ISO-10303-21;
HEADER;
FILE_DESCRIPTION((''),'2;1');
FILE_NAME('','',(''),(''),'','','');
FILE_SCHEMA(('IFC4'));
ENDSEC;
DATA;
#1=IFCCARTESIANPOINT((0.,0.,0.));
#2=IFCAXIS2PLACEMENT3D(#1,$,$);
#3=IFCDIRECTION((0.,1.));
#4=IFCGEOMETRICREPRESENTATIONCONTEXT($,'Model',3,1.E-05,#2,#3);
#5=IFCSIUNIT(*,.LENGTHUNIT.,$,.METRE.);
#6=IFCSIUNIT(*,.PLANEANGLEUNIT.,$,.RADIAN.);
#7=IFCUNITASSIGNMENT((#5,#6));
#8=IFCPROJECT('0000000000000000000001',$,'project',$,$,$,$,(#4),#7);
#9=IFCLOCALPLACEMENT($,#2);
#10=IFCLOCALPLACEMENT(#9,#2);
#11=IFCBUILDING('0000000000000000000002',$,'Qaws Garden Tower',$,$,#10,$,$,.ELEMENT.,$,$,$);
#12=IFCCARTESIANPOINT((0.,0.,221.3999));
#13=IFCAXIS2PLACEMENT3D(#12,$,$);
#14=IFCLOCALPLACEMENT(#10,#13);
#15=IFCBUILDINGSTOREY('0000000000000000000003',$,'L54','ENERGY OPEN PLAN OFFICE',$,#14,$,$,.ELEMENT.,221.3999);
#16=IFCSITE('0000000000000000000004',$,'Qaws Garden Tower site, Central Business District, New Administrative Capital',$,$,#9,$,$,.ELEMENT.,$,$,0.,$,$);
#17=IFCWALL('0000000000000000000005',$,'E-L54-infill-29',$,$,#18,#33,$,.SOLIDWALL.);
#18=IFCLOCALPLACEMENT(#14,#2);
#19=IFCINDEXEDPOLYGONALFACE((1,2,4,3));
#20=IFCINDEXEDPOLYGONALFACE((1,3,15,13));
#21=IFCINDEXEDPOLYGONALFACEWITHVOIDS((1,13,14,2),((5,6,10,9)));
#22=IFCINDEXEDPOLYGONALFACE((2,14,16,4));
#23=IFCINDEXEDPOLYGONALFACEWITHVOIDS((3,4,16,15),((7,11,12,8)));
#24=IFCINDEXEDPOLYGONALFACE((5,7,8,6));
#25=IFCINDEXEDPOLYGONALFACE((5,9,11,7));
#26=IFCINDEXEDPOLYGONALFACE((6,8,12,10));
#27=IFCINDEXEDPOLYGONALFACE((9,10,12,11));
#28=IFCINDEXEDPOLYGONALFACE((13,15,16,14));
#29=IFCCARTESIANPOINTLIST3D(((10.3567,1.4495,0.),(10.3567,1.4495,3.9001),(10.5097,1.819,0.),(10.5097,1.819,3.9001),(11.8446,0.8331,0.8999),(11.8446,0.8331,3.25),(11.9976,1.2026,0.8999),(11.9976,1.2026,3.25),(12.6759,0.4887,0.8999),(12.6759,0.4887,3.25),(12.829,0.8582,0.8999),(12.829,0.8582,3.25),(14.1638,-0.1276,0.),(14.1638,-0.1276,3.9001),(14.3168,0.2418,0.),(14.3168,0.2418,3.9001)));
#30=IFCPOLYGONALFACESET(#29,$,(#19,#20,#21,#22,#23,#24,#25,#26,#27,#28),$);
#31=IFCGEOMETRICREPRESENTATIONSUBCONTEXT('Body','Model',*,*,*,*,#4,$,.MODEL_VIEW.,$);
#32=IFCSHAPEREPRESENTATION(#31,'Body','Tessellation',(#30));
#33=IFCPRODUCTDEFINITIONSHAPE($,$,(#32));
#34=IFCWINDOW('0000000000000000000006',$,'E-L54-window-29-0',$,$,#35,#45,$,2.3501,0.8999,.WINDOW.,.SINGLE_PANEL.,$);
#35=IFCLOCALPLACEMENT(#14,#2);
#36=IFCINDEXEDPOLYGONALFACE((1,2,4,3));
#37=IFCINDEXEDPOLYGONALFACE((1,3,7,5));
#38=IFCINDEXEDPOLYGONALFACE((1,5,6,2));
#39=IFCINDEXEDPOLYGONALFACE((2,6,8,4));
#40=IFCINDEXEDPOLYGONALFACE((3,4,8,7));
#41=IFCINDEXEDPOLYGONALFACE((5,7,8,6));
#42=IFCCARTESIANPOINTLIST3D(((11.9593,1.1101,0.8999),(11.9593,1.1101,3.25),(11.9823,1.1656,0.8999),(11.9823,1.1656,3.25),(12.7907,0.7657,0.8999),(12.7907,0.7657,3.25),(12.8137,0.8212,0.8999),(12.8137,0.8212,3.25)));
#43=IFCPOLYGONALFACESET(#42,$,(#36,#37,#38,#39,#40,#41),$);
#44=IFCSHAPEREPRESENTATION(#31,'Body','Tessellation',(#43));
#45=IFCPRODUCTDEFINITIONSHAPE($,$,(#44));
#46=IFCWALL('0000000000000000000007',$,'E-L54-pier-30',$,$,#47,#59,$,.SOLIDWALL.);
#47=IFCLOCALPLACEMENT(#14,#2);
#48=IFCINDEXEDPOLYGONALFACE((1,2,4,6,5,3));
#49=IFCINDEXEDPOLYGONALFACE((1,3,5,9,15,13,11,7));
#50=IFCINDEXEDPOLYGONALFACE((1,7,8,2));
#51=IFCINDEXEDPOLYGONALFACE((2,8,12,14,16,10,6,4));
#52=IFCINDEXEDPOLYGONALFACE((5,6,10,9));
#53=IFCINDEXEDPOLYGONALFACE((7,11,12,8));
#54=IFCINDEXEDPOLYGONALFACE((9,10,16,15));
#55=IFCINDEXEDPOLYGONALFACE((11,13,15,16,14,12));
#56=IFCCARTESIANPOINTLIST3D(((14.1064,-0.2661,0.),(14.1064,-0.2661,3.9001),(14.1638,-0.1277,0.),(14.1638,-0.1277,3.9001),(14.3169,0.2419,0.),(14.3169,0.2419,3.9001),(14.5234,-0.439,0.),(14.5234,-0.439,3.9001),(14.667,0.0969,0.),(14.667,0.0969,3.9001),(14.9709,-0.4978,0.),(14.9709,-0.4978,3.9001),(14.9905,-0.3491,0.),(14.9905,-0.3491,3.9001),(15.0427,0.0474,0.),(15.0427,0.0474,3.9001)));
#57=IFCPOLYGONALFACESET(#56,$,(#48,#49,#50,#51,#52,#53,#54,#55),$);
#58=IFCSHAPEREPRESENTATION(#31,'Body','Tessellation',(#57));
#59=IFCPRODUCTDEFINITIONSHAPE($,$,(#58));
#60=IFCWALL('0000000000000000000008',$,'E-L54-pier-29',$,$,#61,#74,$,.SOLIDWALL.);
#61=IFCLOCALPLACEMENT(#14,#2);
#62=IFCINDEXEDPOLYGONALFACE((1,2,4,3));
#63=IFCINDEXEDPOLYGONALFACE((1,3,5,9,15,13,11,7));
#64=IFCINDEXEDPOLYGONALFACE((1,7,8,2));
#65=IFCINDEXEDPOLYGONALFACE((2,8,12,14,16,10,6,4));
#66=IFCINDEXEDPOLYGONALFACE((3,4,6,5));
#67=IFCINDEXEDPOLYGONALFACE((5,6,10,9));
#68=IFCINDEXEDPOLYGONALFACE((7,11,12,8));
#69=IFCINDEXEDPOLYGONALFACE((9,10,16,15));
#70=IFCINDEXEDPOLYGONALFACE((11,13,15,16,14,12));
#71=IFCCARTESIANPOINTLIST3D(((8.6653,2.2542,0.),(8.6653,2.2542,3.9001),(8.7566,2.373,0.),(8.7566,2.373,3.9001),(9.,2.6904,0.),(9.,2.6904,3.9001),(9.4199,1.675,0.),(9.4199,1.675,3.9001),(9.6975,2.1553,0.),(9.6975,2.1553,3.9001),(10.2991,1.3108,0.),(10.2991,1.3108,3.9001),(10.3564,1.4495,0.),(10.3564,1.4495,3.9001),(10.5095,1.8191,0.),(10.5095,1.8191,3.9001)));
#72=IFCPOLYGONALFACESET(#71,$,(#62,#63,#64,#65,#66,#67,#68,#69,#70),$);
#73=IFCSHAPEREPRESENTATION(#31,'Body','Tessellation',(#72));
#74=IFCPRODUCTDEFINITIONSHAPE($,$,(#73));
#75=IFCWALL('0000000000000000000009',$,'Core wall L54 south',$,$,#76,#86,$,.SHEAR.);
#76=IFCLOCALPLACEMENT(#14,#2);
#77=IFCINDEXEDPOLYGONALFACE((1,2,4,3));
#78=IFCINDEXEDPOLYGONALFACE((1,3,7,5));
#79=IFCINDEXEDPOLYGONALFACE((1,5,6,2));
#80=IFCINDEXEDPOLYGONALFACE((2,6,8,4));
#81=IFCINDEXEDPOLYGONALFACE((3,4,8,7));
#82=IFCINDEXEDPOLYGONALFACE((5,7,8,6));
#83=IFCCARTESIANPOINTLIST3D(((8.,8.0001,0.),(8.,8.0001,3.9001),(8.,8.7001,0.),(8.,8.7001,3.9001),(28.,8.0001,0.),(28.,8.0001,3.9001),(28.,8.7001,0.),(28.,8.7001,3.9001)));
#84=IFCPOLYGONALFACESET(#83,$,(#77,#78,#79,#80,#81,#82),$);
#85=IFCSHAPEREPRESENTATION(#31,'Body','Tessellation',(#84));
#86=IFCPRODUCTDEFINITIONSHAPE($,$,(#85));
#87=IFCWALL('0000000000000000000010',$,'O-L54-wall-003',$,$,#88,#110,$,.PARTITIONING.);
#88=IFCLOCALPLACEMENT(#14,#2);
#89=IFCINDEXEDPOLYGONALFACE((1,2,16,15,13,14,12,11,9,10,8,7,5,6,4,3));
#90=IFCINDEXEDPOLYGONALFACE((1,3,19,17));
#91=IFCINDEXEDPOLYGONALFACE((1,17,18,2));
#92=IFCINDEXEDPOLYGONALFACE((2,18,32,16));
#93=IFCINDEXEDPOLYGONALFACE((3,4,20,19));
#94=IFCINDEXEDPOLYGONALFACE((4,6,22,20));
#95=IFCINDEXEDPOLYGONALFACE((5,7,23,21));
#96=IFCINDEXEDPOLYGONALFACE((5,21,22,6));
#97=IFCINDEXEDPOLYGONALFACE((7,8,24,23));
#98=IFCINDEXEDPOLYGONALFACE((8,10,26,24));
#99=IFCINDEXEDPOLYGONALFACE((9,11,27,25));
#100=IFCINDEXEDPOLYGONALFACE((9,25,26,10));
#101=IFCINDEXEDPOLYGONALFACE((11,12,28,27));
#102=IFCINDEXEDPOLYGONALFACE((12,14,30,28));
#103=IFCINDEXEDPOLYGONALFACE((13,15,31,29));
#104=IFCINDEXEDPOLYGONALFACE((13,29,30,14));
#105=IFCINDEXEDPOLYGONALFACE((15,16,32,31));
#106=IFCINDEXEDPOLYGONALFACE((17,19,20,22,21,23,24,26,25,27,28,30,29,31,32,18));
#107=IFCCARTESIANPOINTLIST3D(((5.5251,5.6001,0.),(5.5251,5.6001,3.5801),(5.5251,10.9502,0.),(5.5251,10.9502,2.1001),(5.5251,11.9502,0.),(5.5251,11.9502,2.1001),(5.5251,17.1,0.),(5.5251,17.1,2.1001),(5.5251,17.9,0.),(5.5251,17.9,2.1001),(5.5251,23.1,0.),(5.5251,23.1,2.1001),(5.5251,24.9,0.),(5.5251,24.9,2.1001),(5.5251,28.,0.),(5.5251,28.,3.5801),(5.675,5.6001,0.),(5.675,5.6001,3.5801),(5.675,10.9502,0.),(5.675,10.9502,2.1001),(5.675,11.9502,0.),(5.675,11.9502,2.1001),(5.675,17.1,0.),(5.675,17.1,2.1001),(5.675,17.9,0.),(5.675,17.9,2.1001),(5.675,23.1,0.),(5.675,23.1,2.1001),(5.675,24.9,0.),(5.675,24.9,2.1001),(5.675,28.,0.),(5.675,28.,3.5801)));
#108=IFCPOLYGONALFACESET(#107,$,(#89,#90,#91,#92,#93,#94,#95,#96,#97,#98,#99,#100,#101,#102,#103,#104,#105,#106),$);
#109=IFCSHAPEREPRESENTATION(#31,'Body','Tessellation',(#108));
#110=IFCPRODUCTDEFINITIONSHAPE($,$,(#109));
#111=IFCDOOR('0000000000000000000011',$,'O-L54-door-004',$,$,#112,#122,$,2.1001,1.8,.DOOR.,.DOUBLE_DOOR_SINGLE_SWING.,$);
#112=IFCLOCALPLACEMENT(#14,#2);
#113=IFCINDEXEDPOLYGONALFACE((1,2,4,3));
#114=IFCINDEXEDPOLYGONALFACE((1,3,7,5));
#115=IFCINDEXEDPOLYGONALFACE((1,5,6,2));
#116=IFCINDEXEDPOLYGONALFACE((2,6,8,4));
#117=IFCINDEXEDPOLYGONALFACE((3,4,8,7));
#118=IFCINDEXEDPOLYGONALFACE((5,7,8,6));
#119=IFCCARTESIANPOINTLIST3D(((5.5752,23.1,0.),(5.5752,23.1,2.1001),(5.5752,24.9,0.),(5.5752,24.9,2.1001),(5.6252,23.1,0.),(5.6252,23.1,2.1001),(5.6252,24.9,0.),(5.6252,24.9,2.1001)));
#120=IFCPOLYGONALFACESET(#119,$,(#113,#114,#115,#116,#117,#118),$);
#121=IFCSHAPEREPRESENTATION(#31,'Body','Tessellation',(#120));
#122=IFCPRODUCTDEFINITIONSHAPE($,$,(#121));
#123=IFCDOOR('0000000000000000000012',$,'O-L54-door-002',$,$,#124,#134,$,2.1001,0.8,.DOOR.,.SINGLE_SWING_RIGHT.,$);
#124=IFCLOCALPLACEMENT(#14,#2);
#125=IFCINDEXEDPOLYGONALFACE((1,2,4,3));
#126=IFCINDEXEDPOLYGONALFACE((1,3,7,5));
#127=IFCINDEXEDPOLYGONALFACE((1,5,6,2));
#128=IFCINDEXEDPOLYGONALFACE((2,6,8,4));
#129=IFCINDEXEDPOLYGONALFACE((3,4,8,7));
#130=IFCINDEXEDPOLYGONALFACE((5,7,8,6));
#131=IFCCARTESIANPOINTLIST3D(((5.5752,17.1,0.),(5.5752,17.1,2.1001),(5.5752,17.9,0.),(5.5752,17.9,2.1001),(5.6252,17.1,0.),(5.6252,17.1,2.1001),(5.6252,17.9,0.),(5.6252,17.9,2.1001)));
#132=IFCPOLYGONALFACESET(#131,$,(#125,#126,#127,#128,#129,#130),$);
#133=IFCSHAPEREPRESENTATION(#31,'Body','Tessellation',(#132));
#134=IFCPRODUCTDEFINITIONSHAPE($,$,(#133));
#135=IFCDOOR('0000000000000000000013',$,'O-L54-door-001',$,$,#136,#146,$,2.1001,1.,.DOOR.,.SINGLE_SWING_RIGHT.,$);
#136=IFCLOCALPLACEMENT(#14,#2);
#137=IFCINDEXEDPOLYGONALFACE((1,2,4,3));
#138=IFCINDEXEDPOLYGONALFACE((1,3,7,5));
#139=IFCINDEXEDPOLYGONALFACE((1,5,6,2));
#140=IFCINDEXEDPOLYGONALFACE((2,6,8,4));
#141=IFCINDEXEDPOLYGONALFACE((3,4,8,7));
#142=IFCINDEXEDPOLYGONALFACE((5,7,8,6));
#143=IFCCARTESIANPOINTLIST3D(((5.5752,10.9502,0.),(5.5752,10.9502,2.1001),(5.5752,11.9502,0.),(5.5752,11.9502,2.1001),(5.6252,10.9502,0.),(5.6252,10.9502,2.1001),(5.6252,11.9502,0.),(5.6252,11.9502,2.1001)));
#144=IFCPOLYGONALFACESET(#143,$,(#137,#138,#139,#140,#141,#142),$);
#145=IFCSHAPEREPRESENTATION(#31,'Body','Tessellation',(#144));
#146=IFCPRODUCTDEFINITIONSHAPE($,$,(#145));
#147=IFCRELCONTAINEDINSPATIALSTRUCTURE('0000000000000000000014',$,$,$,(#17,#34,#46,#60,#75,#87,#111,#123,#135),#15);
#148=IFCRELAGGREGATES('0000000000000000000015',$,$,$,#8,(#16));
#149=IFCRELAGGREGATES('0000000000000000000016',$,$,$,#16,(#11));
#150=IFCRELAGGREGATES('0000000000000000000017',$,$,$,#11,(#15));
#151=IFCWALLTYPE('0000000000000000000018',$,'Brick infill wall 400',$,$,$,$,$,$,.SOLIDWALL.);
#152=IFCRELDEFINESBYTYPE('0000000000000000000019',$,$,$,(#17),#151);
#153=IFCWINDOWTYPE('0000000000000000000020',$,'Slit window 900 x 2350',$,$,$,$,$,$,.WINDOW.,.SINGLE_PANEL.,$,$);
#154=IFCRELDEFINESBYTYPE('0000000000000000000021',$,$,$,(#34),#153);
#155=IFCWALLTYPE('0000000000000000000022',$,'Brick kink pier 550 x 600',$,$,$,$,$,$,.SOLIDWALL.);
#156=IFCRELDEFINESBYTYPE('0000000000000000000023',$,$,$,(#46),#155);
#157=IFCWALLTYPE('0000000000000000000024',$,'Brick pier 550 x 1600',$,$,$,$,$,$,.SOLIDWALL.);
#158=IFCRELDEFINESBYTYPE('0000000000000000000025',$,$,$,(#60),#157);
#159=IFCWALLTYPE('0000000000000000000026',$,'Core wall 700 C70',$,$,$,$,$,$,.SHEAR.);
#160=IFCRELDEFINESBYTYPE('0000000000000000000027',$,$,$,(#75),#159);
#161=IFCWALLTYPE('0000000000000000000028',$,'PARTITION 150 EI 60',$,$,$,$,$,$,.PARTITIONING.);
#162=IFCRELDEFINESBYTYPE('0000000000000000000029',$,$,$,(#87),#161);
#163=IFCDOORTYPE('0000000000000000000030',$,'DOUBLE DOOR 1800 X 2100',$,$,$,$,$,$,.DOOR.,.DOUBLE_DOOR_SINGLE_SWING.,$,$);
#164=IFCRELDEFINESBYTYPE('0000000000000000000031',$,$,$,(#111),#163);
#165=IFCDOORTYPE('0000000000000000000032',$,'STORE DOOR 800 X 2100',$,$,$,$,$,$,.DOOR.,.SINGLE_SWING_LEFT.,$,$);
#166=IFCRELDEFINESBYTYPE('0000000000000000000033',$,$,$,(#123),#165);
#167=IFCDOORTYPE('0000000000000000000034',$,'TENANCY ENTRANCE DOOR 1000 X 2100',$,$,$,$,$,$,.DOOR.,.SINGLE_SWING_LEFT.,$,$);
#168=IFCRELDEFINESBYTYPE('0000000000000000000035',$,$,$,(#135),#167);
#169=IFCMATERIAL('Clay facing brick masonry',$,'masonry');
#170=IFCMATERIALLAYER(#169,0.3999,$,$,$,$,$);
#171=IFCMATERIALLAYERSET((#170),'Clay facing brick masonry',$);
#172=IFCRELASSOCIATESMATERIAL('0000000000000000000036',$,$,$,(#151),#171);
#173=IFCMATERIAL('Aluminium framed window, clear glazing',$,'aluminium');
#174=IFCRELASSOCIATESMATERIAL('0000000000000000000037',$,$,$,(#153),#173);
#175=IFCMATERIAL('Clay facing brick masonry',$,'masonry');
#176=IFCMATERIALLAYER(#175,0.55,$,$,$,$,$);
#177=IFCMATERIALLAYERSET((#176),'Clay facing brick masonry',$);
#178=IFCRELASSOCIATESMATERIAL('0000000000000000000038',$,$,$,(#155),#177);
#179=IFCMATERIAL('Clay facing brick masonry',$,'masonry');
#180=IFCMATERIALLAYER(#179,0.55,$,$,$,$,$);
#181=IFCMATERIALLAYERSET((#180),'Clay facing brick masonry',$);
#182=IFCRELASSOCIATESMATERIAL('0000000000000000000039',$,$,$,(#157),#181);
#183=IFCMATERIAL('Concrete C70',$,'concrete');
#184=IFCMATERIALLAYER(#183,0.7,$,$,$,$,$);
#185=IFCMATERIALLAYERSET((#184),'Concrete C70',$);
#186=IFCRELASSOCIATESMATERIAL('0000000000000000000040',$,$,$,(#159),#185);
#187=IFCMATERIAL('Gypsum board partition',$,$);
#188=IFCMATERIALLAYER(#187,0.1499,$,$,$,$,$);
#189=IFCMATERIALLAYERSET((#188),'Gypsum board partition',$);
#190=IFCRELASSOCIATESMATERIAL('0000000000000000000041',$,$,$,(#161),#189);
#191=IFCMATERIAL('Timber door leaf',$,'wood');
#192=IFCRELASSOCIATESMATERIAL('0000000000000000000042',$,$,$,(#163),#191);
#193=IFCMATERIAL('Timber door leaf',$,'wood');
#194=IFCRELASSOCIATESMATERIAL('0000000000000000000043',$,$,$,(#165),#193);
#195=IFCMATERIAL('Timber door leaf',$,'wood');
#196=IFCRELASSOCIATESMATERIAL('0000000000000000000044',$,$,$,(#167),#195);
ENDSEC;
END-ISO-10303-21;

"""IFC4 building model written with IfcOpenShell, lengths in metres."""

from ifc_helpers import new_model, si_unit, direction, frame, frame_2d, origin, place, context, subcontext, project, spatial, polyline, rectangle, outline, extrude, material, layer, layer_set, type_object, element, fill, save


model = new_model("IFC4")

# Units and contexts
model_context = context("Model", 3, precision=1e-05, world=origin(), true_north=direction((0.0, 1.0)))
body_context = subcontext(model_context, "Body", "Model", "MODEL_VIEW")
ifc_project = project(units=[si_unit("LENGTHUNIT", "METRE"), si_unit("PLANEANGLEUNIT", "RADIAN")], contexts=[model_context])

# Site, building, storey
site_placement = place(None, origin())
site = spatial("IfcSite", under=ifc_project, at=site_placement, Name="Qaws Garden Tower site, Central Business District, New Administrative Capital", CompositionType="ELEMENT", RefElevation=0.0)
building_placement = place(site_placement, origin())
building = spatial("IfcBuilding", under=site, at=building_placement, Name="Qaws Garden Tower", CompositionType="ELEMENT")
storey_placement = place(building_placement, frame((0.0, 0.0, 221.3999)))
storey = spatial("IfcBuildingStorey", under=building, at=storey_placement, Name="L54", Description="ENERGY OPEN PLAN OFFICE", CompositionType="ELEMENT", Elevation=221.3999)

# Shared definitions
placement_1 = place(storey_placement, origin())

# Wall, opening, window
ifc_material_1 = material(Name="Clay facing brick masonry", Category="masonry")
ifc_layer_1 = layer(ifc_material_1, 0.3999)
ifc_layer_set_1 = layer_set([ifc_layer_1], Name="Clay facing brick masonry")
wall_type_1 = type_object("IfcWallType", Name="Brick infill wall 400", PredefinedType="SOLIDWALL", material=ifc_layer_set_1)
ifc_material_2 = material(Name="Aluminium framed window, clear glazing", Category="aluminium")
window_type = type_object("IfcWindowType", Name="Slit window 900 x 2350", PartitioningType="SINGLE_PANEL", PredefinedType="WINDOW", material=ifc_material_2)
wall_1_placement = place(storey_placement, frame((10.4331, 1.6343, 0.0), z_axis=(0.0, 0.0, 1.0), x_axis=(0.923864, -0.382722, 0.0)))
wall_1 = element("IfcWall", 1, at=wall_1_placement, inside=storey, type_object=wall_type_1, Name="E-L54-infill-29", PredefinedType="SOLIDWALL", context=body_context, shape_type="SweptSolid", body=[
    extrude(rectangle(XDim=4.1208, YDim=0.3999, at=frame_2d((2.0605, 0.0))), origin(), (0.0, 0.0, 1.0), 3.9001),
])
opening_1_placement = place(wall_1_placement, frame((1.6106, 0.0, 0.8999)))
opening_1 = element("IfcOpeningElement", 2, at=opening_1_placement, cuts=wall_1, PredefinedType="OPENING", context=body_context, shape_type="SweptSolid", body=[
    extrude(rectangle(XDim=0.8999, YDim=2.3501, at=frame_2d((0.45, 1.175))), frame((0.0, 0.21, 0.0), z_axis=(0.0, -1.0, 0.0), x_axis=(1.0, 0.0, 0.0)), (0.0, 0.0, 1.0), 0.4199),
])
window_1_placement = place(opening_1_placement, origin())
window_1 = element("IfcWindow", 3, at=window_1_placement, inside=storey, type_object=window_type, Name="E-L54-window-29-0", OverallHeight=2.3501, OverallWidth=0.8999, PartitioningType="SINGLE_PANEL", PredefinedType="WINDOW", context=body_context, shape_type="SweptSolid", body=[
    extrude(rectangle(XDim=0.8999, YDim=2.3501, at=frame_2d((0.45, 1.175))), frame((0.0, 0.1599, 0.0), z_axis=(0.0, -1.0, 0.0), x_axis=(1.0, 0.0, 0.0)), (0.0, 0.0, 1.0), 0.0601),
])
fill(opening_1, window_1)

# Walls
ifc_material_3 = material(Name="Clay facing brick masonry", Category="masonry")
ifc_layer_2 = layer(ifc_material_3, 0.55)
ifc_layer_set_2 = layer_set([ifc_layer_2], Name="Clay facing brick masonry")
wall_type_2 = type_object("IfcWallType", Name="Brick kink pier 550 x 600", PredefinedType="SOLIDWALL", material=ifc_layer_set_2)
element("IfcWall", 4, at=placement_1, inside=storey, type_object=wall_type_2, Name="E-L54-pier-30", PredefinedType="SOLIDWALL", context=body_context, shape_type="SweptSolid", body=[
    extrude(outline(polyline([(14.1638, -0.1277), (14.1064, -0.2661), (14.5234, -0.439), (14.9709, -0.4978), (14.9905, -0.3491), (15.0427, 0.0474), (14.667, 0.0969), (14.3169, 0.2419), (14.1638, -0.1277)])), origin(), (0.0, 0.0, 1.0), 3.9001),
])
ifc_material_4 = material(Name="Clay facing brick masonry", Category="masonry")
ifc_layer_3 = layer(ifc_material_4, 0.55)
ifc_layer_set_3 = layer_set([ifc_layer_3], Name="Clay facing brick masonry")
wall_type_3 = type_object("IfcWallType", Name="Brick pier 550 x 1600", PredefinedType="SOLIDWALL", material=ifc_layer_set_3)
element("IfcWall", 5, at=placement_1, inside=storey, type_object=wall_type_3, Name="E-L54-pier-29", PredefinedType="SOLIDWALL", context=body_context, shape_type="SweptSolid", body=[
    extrude(outline(polyline([(8.7566, 2.373), (8.6653, 2.2542), (9.4199, 1.675), (10.2991, 1.3108), (10.3564, 1.4495), (10.5095, 1.8191), (9.6975, 2.1553), (9.0, 2.6904), (8.7566, 2.373)])), origin(), (0.0, 0.0, 1.0), 3.9001),
])
ifc_material_5 = material(Name="Concrete C70", Category="concrete")
ifc_layer_4 = layer(ifc_material_5, 0.7)
ifc_layer_set_4 = layer_set([ifc_layer_4], Name="Concrete C70")
wall_type_4 = type_object("IfcWallType", Name="Core wall 700 C70", PredefinedType="SHEAR", material=ifc_layer_set_4)
wall_2_placement = place(storey_placement, frame((8.0, 8.3501, 0.0), z_axis=(0.0, 0.0, 1.0), x_axis=(1.0, 0.0, 0.0)))
element("IfcWall", 6, at=wall_2_placement, inside=storey, type_object=wall_type_4, Name="Core wall L54 south", PredefinedType="SHEAR", context=body_context, shape_type="SweptSolid", body=[
    extrude(rectangle(XDim=20.0, YDim=0.7, at=frame_2d((10.0, 0.0))), origin(), (0.0, 0.0, 1.0), 3.9001),
])

# Wall, openings, doors
ifc_material_6 = material(Name="Gypsum board partition")
ifc_layer_5 = layer(ifc_material_6, 0.1499)
ifc_layer_set_5 = layer_set([ifc_layer_5], Name="Gypsum board partition")
wall_type_5 = type_object("IfcWallType", Name="PARTITION 150 EI 60", PredefinedType="PARTITIONING", material=ifc_layer_set_5)
wall_3_placement = place(storey_placement, frame((5.6001, 5.6001, 0.0), z_axis=(0.0, 0.0, 1.0), x_axis=(0.0, 1.0, 0.0)))
wall_3 = element("IfcWall", 7, at=wall_3_placement, inside=storey, type_object=wall_type_5, Name="O-L54-wall-003", PredefinedType="PARTITIONING", context=body_context, shape_type="SweptSolid", body=[
    extrude(rectangle(XDim=22.3999, YDim=0.1499, at=frame_2d((11.2, 0.0))), origin(), (0.0, 0.0, 1.0), 3.5801),
])
opening_2_placement = place(wall_3_placement, frame((5.3501, 0.0, 0.0)))
opening_2 = element("IfcOpeningElement", 8, at=opening_2_placement, cuts=wall_3, PredefinedType="OPENING", context=body_context, shape_type="SweptSolid", body=[
    extrude(rectangle(XDim=1.0, YDim=2.1001, at=frame_2d((0.5, 1.05))), frame((0.0, 0.085, 0.0), z_axis=(0.0, -1.0, 0.0), x_axis=(1.0, 0.0, 0.0)), (0.0, 0.0, 1.0), 0.1699),
])
opening_3_placement = place(wall_3_placement, frame((11.5, 0.0, 0.0)))
opening_3 = element("IfcOpeningElement", 9, at=opening_3_placement, cuts=wall_3, PredefinedType="OPENING", context=body_context, shape_type="SweptSolid", body=[
    extrude(rectangle(XDim=0.8, YDim=2.1001, at=frame_2d((0.3999, 1.05))), frame((0.0, 0.085, 0.0), z_axis=(0.0, -1.0, 0.0), x_axis=(1.0, 0.0, 0.0)), (0.0, 0.0, 1.0), 0.1699),
])
opening_4_placement = place(wall_3_placement, frame((17.5, 0.0, 0.0)))
opening_4 = element("IfcOpeningElement", 10, at=opening_4_placement, cuts=wall_3, PredefinedType="OPENING", context=body_context, shape_type="SweptSolid", body=[
    extrude(rectangle(XDim=1.8, YDim=2.1001, at=frame_2d((0.8999, 1.05))), frame((0.0, 0.085, 0.0), z_axis=(0.0, -1.0, 0.0), x_axis=(1.0, 0.0, 0.0)), (0.0, 0.0, 1.0), 0.1699),
])
ifc_material_7 = material(Name="Timber door leaf", Category="wood")
door_type_1 = type_object("IfcDoorType", Name="DOUBLE DOOR 1800 X 2100", OperationType="DOUBLE_DOOR_SINGLE_SWING", PredefinedType="DOOR", material=ifc_material_7)
door_1_placement = place(opening_4_placement, origin())
door_1 = element("IfcDoor", 11, at=door_1_placement, inside=storey, type_object=door_type_1, Name="O-L54-door-004", OperationType="DOUBLE_DOOR_SINGLE_SWING", OverallHeight=2.1001, OverallWidth=1.8, PredefinedType="DOOR", context=body_context, shape_type="SweptSolid", body=[
    extrude(rectangle(XDim=1.8, YDim=2.1001, at=frame_2d((0.8999, 1.05))), frame((0.0, 0.0249, 0.0), z_axis=(0.0, -1.0, 0.0), x_axis=(1.0, 0.0, 0.0)), (0.0, 0.0, 1.0), 0.05),
])
fill(opening_4, door_1)
ifc_material_8 = material(Name="Timber door leaf", Category="wood")
door_type_2 = type_object("IfcDoorType", Name="STORE DOOR 800 X 2100", OperationType="SINGLE_SWING_LEFT", PredefinedType="DOOR", material=ifc_material_8)
door_2_placement = place(opening_3_placement, origin())
door_2 = element("IfcDoor", 12, at=door_2_placement, inside=storey, type_object=door_type_2, Name="O-L54-door-002", OperationType="SINGLE_SWING_RIGHT", OverallHeight=2.1001, OverallWidth=0.8, PredefinedType="DOOR", context=body_context, shape_type="SweptSolid", body=[
    extrude(rectangle(XDim=0.8, YDim=2.1001, at=frame_2d((0.3999, 1.05))), frame((0.0, 0.0249, 0.0), z_axis=(0.0, -1.0, 0.0), x_axis=(1.0, 0.0, 0.0)), (0.0, 0.0, 1.0), 0.05),
])
fill(opening_3, door_2)
ifc_material_9 = material(Name="Timber door leaf", Category="wood")
door_type_3 = type_object("IfcDoorType", Name="TENANCY ENTRANCE DOOR 1000 X 2100", OperationType="SINGLE_SWING_LEFT", PredefinedType="DOOR", material=ifc_material_9)
door_3_placement = place(opening_2_placement, origin())
door_3 = element("IfcDoor", 13, at=door_3_placement, inside=storey, type_object=door_type_3, Name="O-L54-door-001", OperationType="SINGLE_SWING_RIGHT", OverallHeight=2.1001, OverallWidth=1.0, PredefinedType="DOOR", context=body_context, shape_type="SweptSolid", body=[
    extrude(rectangle(XDim=1.0, YDim=2.1001, at=frame_2d((0.5, 1.05))), frame((0.0, 0.0249, 0.0), z_axis=(0.0, -1.0, 0.0), x_axis=(1.0, 0.0, 0.0)), (0.0, 0.0, 1.0), 0.05),
])
fill(opening_2, door_3)

save(model, "model.ifc")
